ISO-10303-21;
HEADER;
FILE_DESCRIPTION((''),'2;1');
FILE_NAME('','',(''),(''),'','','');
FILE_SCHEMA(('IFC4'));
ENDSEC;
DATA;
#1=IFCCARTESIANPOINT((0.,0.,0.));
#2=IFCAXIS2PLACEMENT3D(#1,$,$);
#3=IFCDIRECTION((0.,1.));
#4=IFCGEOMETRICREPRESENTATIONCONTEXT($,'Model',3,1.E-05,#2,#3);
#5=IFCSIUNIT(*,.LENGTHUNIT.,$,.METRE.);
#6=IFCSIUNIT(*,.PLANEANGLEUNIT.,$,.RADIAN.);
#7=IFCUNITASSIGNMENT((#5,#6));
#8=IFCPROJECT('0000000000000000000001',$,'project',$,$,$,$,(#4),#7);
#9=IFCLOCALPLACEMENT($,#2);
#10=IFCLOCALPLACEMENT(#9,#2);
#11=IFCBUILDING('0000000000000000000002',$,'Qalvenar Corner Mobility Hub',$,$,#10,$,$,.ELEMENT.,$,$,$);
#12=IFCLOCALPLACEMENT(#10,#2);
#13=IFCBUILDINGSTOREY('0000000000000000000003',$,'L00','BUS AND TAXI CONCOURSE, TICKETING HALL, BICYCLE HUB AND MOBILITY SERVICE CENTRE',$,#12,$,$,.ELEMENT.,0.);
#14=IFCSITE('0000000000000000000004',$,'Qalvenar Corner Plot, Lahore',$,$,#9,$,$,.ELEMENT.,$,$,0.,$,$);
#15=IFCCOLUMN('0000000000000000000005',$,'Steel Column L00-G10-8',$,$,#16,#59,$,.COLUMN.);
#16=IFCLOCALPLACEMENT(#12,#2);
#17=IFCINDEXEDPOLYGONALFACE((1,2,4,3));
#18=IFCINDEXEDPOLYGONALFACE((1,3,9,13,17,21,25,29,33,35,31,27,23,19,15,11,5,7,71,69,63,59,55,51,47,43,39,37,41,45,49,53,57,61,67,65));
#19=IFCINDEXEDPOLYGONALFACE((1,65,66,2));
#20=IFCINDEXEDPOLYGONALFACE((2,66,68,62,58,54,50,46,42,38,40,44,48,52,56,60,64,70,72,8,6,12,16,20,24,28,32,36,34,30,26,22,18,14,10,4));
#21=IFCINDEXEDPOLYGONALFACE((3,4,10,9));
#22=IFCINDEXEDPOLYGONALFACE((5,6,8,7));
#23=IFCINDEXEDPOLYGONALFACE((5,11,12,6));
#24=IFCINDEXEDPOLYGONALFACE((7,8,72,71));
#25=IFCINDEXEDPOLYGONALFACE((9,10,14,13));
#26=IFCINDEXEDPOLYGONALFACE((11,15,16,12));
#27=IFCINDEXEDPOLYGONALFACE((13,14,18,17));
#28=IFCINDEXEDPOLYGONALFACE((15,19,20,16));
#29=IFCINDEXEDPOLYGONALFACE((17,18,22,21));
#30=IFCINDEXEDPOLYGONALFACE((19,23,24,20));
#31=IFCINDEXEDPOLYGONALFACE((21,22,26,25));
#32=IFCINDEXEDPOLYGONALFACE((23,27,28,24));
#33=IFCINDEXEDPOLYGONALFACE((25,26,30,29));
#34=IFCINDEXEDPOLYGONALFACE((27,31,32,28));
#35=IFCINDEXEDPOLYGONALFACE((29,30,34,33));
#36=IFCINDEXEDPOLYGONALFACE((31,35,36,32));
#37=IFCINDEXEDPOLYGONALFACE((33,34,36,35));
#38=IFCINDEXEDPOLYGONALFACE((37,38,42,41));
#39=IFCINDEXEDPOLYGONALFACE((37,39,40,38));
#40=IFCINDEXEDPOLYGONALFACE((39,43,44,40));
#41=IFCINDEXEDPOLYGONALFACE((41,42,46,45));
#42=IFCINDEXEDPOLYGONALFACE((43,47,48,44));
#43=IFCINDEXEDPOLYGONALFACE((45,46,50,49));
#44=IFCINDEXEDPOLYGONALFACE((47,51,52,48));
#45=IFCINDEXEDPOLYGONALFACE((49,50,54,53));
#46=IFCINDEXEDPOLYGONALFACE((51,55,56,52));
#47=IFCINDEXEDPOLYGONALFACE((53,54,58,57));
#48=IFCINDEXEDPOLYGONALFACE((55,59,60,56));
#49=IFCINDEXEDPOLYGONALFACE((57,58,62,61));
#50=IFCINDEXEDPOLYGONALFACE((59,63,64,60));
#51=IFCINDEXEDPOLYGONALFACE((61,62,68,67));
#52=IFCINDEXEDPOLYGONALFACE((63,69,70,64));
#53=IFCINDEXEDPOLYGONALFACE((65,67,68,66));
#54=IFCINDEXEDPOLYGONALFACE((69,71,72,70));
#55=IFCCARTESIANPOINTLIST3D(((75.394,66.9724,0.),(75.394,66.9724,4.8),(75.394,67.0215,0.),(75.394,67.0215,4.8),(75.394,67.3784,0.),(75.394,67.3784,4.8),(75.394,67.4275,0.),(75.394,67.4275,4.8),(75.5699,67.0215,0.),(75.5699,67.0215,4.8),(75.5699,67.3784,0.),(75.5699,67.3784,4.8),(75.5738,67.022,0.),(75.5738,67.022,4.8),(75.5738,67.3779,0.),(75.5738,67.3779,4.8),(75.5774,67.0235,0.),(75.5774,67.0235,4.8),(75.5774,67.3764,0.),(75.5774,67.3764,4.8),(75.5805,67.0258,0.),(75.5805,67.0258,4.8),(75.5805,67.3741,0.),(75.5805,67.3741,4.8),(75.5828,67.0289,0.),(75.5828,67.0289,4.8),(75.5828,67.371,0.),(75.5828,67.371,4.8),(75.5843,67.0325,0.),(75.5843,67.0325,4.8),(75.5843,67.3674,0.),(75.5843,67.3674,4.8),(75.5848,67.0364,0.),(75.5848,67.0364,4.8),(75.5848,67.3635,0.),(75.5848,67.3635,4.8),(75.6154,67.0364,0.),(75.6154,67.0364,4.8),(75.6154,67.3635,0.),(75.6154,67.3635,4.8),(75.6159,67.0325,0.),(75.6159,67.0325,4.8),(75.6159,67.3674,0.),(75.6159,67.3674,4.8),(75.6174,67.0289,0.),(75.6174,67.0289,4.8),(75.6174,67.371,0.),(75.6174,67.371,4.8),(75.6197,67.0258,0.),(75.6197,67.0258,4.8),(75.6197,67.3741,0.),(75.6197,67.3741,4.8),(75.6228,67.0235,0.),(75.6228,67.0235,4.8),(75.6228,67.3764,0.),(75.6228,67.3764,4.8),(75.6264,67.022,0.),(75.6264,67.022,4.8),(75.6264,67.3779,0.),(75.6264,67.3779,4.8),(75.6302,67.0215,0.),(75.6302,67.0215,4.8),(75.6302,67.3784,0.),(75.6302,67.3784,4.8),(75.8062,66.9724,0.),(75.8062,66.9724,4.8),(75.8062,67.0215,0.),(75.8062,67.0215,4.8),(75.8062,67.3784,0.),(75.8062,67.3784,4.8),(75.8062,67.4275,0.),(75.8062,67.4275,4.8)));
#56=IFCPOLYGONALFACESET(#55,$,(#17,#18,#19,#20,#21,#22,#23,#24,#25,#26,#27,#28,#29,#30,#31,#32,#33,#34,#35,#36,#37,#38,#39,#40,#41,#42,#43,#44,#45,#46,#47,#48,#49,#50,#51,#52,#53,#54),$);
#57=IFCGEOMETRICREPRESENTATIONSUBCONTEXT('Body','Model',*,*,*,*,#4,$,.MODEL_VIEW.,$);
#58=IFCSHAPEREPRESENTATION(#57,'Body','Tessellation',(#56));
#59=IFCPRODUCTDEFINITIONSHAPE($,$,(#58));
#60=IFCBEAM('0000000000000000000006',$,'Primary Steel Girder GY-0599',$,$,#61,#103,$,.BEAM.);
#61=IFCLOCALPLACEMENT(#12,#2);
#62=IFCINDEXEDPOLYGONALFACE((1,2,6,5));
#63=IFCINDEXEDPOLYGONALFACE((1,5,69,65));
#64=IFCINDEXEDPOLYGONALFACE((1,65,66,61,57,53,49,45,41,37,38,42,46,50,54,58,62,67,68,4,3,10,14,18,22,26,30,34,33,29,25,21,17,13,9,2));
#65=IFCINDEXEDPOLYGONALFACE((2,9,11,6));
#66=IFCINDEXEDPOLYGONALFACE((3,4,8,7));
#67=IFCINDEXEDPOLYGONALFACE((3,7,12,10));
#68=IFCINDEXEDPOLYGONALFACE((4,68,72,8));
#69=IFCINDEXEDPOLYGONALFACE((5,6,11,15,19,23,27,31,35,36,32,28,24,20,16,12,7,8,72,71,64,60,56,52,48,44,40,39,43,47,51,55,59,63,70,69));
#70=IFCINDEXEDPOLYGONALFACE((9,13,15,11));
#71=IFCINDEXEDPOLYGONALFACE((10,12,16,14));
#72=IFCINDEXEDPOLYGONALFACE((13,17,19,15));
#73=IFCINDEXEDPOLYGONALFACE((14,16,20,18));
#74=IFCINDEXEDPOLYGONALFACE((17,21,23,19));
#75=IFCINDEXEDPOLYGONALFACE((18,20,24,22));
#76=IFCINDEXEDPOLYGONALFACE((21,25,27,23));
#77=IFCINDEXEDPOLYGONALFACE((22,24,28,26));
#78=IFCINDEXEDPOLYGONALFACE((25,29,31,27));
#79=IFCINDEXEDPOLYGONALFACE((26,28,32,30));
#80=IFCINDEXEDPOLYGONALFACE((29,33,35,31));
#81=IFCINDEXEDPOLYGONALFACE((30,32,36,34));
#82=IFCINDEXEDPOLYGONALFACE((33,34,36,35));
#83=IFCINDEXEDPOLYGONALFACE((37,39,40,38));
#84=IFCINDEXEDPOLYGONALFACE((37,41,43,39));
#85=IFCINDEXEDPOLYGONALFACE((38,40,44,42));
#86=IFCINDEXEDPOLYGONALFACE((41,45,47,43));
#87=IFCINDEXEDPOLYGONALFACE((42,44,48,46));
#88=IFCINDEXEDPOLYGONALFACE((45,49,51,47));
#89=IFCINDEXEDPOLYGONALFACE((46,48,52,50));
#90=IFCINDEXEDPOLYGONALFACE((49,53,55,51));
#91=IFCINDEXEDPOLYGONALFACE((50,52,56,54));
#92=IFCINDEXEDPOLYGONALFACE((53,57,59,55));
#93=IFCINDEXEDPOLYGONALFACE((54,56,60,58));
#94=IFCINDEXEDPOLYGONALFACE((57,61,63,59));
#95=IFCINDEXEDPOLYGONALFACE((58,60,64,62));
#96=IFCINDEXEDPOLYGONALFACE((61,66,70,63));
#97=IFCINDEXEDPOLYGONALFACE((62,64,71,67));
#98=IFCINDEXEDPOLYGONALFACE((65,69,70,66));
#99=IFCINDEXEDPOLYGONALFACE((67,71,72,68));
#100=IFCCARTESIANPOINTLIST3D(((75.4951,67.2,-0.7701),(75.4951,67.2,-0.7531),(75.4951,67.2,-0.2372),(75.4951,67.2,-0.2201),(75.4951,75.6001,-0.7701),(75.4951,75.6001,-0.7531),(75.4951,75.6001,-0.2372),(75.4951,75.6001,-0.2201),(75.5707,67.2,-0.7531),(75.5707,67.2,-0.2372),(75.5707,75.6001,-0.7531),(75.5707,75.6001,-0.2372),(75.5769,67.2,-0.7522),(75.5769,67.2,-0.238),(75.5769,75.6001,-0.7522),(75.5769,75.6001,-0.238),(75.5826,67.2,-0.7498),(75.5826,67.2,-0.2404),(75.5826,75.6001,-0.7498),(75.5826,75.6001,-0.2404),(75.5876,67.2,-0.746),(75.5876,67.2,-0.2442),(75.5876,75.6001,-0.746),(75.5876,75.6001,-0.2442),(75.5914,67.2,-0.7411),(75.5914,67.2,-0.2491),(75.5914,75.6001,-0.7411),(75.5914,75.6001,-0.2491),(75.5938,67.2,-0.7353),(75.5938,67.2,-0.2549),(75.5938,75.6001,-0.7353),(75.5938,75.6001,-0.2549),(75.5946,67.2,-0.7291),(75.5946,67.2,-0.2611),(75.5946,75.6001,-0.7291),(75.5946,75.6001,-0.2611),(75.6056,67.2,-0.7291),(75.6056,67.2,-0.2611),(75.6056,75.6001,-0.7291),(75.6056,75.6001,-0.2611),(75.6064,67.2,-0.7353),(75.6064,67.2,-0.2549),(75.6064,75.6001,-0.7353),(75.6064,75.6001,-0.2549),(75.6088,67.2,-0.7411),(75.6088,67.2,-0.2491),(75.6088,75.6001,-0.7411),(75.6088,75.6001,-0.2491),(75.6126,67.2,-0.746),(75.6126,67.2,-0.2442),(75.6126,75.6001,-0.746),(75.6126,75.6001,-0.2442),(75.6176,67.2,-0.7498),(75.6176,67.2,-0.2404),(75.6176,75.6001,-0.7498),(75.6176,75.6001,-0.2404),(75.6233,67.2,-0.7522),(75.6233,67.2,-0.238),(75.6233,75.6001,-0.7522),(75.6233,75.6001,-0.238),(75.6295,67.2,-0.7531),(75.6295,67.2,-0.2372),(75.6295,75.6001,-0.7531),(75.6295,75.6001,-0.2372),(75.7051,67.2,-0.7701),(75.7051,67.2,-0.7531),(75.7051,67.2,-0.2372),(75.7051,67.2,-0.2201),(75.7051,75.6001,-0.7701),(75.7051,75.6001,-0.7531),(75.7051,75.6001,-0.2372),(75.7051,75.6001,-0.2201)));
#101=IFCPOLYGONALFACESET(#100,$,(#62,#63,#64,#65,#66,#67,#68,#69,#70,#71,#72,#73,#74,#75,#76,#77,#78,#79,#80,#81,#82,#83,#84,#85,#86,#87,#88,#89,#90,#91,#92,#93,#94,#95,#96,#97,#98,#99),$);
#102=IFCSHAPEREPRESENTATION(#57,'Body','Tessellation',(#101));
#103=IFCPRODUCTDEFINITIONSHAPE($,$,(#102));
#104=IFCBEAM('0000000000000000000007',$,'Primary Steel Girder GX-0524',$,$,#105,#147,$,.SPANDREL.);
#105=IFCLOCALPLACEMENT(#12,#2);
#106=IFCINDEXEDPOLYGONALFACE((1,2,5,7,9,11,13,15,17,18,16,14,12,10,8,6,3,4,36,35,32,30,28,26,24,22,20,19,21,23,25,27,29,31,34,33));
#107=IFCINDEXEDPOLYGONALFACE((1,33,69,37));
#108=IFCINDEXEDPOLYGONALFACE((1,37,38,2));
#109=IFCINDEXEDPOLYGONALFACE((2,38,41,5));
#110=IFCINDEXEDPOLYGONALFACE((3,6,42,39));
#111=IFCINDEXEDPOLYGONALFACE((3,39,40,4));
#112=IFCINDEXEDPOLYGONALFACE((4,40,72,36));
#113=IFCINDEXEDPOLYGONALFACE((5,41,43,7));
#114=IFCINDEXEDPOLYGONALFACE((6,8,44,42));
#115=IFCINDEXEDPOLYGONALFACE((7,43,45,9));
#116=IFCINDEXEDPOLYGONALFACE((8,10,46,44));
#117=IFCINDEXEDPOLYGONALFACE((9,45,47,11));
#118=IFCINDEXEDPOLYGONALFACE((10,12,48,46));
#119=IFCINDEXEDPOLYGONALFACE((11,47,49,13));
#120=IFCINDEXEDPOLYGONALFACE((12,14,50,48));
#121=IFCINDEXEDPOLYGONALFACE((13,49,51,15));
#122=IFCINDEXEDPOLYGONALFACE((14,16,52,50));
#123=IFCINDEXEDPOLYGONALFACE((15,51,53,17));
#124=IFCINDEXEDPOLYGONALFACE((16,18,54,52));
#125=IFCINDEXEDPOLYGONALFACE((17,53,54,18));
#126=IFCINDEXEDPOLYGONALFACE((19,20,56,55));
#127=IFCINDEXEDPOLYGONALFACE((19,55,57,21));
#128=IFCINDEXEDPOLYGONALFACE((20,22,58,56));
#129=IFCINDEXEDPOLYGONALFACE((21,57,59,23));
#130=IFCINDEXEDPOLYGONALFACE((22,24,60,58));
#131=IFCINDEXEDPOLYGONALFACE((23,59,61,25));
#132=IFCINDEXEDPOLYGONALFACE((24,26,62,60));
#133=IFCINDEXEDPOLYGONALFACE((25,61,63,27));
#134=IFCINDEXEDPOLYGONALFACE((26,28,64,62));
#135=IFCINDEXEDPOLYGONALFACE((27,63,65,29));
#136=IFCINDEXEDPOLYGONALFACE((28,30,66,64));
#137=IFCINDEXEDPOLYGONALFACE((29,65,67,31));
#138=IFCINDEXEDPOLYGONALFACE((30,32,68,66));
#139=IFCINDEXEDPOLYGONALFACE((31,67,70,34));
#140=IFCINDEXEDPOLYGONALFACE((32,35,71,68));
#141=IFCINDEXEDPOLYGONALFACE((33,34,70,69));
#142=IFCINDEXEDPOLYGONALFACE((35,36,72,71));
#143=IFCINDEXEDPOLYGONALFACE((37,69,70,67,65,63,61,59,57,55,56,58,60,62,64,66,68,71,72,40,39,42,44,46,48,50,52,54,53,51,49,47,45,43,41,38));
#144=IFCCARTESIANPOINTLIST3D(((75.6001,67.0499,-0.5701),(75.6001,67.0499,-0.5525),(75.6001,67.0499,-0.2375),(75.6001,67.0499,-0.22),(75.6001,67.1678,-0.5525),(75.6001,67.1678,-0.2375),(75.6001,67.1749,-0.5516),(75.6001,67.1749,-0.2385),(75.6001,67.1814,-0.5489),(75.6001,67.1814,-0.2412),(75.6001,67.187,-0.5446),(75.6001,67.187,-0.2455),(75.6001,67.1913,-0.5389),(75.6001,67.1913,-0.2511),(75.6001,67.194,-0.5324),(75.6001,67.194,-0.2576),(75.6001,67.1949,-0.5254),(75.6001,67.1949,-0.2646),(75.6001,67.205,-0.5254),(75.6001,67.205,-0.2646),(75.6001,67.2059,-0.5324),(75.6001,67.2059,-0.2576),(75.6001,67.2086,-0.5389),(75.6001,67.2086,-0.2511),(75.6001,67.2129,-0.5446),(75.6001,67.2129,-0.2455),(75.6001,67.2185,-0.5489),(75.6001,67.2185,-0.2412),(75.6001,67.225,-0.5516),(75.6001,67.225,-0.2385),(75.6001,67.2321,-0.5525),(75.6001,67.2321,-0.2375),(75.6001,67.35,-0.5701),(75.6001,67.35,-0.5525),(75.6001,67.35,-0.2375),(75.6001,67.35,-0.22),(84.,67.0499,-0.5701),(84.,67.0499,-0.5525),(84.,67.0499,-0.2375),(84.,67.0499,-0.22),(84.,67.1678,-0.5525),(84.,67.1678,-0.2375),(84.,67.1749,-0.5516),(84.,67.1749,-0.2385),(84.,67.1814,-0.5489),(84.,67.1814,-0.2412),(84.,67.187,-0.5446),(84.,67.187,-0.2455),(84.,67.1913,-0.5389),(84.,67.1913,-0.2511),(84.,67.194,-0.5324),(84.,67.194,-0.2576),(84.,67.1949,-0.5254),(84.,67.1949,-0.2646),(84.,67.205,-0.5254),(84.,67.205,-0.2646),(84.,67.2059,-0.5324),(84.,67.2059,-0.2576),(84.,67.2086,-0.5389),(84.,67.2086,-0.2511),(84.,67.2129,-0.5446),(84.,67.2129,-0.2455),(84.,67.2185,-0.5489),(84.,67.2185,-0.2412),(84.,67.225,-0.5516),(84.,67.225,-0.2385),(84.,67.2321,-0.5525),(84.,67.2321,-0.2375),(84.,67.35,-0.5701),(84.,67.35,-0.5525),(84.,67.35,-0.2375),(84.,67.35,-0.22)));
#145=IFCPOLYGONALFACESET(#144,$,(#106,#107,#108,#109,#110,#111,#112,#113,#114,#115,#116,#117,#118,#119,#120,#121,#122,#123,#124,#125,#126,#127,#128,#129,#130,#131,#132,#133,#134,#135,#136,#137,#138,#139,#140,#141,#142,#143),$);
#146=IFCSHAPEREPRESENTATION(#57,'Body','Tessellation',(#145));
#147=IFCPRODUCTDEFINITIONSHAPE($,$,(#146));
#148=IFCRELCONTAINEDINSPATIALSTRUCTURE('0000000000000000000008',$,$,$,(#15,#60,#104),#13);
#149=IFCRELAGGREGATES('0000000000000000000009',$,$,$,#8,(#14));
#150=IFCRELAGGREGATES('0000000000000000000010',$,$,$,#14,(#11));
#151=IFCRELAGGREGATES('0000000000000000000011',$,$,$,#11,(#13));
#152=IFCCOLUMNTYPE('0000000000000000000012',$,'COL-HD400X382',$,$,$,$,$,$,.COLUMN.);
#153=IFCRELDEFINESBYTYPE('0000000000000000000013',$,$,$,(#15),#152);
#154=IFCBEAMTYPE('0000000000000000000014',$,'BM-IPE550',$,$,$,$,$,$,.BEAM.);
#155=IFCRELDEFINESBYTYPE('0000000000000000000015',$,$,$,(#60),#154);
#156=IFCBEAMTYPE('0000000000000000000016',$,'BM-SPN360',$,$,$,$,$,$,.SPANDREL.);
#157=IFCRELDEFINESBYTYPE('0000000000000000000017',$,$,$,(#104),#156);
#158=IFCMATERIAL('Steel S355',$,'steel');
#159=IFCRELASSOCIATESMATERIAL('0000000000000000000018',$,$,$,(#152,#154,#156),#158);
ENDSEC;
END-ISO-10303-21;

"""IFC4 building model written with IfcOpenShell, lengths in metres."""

from ifc_helpers import new_model, si_unit, direction, frame, origin, origin_2d, place, context, subcontext, project, spatial, i_section, extrude, material, material_profile, profile_set, type_object, element, save


model = new_model("IFC4")

# Units and contexts
model_context = context("Model", 3, precision=1e-05, world=origin(), true_north=direction((0.0, 1.0)))
body_context = subcontext(model_context, "Body", "Model", "MODEL_VIEW")
ifc_project = project(units=[si_unit("LENGTHUNIT", "METRE"), si_unit("PLANEANGLEUNIT", "RADIAN")], contexts=[model_context])

# Site, building, storey
site_placement = place(None, origin())
site = spatial("IfcSite", under=ifc_project, at=site_placement, Name="Qalvenar Corner Plot, Lahore", CompositionType="ELEMENT", RefElevation=0.0)
building_placement = place(site_placement, origin())
building = spatial("IfcBuilding", under=site, at=building_placement, Name="Qalvenar Corner Mobility Hub", CompositionType="ELEMENT")
storey_placement = place(building_placement, origin())
storey = spatial("IfcBuildingStorey", under=building, at=storey_placement, Name="L00", Description="BUS AND TAXI CONCOURSE, TICKETING HALL, BICYCLE HUB AND MOBILITY SERVICE CENTRE", CompositionType="ELEMENT", Elevation=0.0)

# Column
ifc_material_1 = material(Name="Steel S355", Category="steel")
ifc_material_profile_1 = material_profile(ifc_material_1, i_section(OverallWidth=0.4121, OverallDepth=0.4551, WebThickness=0.0305, FlangeThickness=0.0491, FilletRadius=0.0149, at=origin_2d()), Name="HD400x421")
ifc_profile_set_1 = profile_set([ifc_material_profile_1], Name="Steel S355")
column_type = type_object("IfcColumnType", Name="COL-HD400X382", PredefinedType="COLUMN", material=ifc_profile_set_1)
column_placement = place(storey_placement, frame((75.6001, 67.2, 0.0), z_axis=(0.0, 0.0, 1.0), x_axis=(1.0, 0.0, 0.0)))
element("IfcColumn", 1, at=column_placement, inside=storey, type_object=column_type, Name="Steel Column L00-G10-8", PredefinedType="COLUMN", context=body_context, shape_type="SweptSolid", body=[
    extrude(i_section(OverallWidth=0.4121, OverallDepth=0.4551, WebThickness=0.0305, FlangeThickness=0.0491, FilletRadius=0.0149, at=origin_2d()), origin(), (0.0, 0.0, 1.0), 4.8),
])

# Beams
ifc_material_profile_2 = material_profile(ifc_material_1, i_section(OverallWidth=0.21, OverallDepth=0.55, WebThickness=0.011, FlangeThickness=0.0171, FilletRadius=0.0239, at=origin_2d()), Name="IPE550")
ifc_profile_set_2 = profile_set([ifc_material_profile_2], Name="Steel S355")
beam_type_1 = type_object("IfcBeamType", Name="BM-IPE550", PredefinedType="BEAM", material=ifc_profile_set_2)
beam_1_placement = place(storey_placement, frame((75.6001, 67.2, -0.4951), z_axis=(0.0, 1.0, 0.0), x_axis=(-1.0, 0.0, 0.0)))
element("IfcBeam", 2, at=beam_1_placement, inside=storey, type_object=beam_type_1, Name="Primary Steel Girder GY-0599", PredefinedType="BEAM", context=body_context, shape_type="SweptSolid", body=[
    extrude(i_section(OverallWidth=0.21, OverallDepth=0.55, WebThickness=0.011, FlangeThickness=0.0171, FilletRadius=0.0239, at=origin_2d()), origin(), (0.0, 0.0, 1.0), 8.4001),
])
ifc_material_profile_3 = material_profile(ifc_material_1, i_section(OverallWidth=0.3, OverallDepth=0.3501, WebThickness=0.01, FlangeThickness=0.0176, FilletRadius=0.0271, at=origin_2d()), Name="HEA360")
ifc_profile_set_3 = profile_set([ifc_material_profile_3], Name="Steel S355")
beam_type_2 = type_object("IfcBeamType", Name="BM-SPN360", PredefinedType="SPANDREL", material=ifc_profile_set_3)
beam_2_placement = place(storey_placement, frame((75.6001, 67.2, -0.395), z_axis=(1.0, 0.0, 0.0), x_axis=(0.0, 1.0, 0.0)))
element("IfcBeam", 3, at=beam_2_placement, inside=storey, type_object=beam_type_2, Name="Primary Steel Girder GX-0524", PredefinedType="SPANDREL", context=body_context, shape_type="SweptSolid", body=[
    extrude(i_section(OverallWidth=0.3, OverallDepth=0.3501, WebThickness=0.01, FlangeThickness=0.0176, FilletRadius=0.0271, at=origin_2d()), origin(), (0.0, 0.0, 1.0), 8.3999),
])

save(model, "model.ifc")
